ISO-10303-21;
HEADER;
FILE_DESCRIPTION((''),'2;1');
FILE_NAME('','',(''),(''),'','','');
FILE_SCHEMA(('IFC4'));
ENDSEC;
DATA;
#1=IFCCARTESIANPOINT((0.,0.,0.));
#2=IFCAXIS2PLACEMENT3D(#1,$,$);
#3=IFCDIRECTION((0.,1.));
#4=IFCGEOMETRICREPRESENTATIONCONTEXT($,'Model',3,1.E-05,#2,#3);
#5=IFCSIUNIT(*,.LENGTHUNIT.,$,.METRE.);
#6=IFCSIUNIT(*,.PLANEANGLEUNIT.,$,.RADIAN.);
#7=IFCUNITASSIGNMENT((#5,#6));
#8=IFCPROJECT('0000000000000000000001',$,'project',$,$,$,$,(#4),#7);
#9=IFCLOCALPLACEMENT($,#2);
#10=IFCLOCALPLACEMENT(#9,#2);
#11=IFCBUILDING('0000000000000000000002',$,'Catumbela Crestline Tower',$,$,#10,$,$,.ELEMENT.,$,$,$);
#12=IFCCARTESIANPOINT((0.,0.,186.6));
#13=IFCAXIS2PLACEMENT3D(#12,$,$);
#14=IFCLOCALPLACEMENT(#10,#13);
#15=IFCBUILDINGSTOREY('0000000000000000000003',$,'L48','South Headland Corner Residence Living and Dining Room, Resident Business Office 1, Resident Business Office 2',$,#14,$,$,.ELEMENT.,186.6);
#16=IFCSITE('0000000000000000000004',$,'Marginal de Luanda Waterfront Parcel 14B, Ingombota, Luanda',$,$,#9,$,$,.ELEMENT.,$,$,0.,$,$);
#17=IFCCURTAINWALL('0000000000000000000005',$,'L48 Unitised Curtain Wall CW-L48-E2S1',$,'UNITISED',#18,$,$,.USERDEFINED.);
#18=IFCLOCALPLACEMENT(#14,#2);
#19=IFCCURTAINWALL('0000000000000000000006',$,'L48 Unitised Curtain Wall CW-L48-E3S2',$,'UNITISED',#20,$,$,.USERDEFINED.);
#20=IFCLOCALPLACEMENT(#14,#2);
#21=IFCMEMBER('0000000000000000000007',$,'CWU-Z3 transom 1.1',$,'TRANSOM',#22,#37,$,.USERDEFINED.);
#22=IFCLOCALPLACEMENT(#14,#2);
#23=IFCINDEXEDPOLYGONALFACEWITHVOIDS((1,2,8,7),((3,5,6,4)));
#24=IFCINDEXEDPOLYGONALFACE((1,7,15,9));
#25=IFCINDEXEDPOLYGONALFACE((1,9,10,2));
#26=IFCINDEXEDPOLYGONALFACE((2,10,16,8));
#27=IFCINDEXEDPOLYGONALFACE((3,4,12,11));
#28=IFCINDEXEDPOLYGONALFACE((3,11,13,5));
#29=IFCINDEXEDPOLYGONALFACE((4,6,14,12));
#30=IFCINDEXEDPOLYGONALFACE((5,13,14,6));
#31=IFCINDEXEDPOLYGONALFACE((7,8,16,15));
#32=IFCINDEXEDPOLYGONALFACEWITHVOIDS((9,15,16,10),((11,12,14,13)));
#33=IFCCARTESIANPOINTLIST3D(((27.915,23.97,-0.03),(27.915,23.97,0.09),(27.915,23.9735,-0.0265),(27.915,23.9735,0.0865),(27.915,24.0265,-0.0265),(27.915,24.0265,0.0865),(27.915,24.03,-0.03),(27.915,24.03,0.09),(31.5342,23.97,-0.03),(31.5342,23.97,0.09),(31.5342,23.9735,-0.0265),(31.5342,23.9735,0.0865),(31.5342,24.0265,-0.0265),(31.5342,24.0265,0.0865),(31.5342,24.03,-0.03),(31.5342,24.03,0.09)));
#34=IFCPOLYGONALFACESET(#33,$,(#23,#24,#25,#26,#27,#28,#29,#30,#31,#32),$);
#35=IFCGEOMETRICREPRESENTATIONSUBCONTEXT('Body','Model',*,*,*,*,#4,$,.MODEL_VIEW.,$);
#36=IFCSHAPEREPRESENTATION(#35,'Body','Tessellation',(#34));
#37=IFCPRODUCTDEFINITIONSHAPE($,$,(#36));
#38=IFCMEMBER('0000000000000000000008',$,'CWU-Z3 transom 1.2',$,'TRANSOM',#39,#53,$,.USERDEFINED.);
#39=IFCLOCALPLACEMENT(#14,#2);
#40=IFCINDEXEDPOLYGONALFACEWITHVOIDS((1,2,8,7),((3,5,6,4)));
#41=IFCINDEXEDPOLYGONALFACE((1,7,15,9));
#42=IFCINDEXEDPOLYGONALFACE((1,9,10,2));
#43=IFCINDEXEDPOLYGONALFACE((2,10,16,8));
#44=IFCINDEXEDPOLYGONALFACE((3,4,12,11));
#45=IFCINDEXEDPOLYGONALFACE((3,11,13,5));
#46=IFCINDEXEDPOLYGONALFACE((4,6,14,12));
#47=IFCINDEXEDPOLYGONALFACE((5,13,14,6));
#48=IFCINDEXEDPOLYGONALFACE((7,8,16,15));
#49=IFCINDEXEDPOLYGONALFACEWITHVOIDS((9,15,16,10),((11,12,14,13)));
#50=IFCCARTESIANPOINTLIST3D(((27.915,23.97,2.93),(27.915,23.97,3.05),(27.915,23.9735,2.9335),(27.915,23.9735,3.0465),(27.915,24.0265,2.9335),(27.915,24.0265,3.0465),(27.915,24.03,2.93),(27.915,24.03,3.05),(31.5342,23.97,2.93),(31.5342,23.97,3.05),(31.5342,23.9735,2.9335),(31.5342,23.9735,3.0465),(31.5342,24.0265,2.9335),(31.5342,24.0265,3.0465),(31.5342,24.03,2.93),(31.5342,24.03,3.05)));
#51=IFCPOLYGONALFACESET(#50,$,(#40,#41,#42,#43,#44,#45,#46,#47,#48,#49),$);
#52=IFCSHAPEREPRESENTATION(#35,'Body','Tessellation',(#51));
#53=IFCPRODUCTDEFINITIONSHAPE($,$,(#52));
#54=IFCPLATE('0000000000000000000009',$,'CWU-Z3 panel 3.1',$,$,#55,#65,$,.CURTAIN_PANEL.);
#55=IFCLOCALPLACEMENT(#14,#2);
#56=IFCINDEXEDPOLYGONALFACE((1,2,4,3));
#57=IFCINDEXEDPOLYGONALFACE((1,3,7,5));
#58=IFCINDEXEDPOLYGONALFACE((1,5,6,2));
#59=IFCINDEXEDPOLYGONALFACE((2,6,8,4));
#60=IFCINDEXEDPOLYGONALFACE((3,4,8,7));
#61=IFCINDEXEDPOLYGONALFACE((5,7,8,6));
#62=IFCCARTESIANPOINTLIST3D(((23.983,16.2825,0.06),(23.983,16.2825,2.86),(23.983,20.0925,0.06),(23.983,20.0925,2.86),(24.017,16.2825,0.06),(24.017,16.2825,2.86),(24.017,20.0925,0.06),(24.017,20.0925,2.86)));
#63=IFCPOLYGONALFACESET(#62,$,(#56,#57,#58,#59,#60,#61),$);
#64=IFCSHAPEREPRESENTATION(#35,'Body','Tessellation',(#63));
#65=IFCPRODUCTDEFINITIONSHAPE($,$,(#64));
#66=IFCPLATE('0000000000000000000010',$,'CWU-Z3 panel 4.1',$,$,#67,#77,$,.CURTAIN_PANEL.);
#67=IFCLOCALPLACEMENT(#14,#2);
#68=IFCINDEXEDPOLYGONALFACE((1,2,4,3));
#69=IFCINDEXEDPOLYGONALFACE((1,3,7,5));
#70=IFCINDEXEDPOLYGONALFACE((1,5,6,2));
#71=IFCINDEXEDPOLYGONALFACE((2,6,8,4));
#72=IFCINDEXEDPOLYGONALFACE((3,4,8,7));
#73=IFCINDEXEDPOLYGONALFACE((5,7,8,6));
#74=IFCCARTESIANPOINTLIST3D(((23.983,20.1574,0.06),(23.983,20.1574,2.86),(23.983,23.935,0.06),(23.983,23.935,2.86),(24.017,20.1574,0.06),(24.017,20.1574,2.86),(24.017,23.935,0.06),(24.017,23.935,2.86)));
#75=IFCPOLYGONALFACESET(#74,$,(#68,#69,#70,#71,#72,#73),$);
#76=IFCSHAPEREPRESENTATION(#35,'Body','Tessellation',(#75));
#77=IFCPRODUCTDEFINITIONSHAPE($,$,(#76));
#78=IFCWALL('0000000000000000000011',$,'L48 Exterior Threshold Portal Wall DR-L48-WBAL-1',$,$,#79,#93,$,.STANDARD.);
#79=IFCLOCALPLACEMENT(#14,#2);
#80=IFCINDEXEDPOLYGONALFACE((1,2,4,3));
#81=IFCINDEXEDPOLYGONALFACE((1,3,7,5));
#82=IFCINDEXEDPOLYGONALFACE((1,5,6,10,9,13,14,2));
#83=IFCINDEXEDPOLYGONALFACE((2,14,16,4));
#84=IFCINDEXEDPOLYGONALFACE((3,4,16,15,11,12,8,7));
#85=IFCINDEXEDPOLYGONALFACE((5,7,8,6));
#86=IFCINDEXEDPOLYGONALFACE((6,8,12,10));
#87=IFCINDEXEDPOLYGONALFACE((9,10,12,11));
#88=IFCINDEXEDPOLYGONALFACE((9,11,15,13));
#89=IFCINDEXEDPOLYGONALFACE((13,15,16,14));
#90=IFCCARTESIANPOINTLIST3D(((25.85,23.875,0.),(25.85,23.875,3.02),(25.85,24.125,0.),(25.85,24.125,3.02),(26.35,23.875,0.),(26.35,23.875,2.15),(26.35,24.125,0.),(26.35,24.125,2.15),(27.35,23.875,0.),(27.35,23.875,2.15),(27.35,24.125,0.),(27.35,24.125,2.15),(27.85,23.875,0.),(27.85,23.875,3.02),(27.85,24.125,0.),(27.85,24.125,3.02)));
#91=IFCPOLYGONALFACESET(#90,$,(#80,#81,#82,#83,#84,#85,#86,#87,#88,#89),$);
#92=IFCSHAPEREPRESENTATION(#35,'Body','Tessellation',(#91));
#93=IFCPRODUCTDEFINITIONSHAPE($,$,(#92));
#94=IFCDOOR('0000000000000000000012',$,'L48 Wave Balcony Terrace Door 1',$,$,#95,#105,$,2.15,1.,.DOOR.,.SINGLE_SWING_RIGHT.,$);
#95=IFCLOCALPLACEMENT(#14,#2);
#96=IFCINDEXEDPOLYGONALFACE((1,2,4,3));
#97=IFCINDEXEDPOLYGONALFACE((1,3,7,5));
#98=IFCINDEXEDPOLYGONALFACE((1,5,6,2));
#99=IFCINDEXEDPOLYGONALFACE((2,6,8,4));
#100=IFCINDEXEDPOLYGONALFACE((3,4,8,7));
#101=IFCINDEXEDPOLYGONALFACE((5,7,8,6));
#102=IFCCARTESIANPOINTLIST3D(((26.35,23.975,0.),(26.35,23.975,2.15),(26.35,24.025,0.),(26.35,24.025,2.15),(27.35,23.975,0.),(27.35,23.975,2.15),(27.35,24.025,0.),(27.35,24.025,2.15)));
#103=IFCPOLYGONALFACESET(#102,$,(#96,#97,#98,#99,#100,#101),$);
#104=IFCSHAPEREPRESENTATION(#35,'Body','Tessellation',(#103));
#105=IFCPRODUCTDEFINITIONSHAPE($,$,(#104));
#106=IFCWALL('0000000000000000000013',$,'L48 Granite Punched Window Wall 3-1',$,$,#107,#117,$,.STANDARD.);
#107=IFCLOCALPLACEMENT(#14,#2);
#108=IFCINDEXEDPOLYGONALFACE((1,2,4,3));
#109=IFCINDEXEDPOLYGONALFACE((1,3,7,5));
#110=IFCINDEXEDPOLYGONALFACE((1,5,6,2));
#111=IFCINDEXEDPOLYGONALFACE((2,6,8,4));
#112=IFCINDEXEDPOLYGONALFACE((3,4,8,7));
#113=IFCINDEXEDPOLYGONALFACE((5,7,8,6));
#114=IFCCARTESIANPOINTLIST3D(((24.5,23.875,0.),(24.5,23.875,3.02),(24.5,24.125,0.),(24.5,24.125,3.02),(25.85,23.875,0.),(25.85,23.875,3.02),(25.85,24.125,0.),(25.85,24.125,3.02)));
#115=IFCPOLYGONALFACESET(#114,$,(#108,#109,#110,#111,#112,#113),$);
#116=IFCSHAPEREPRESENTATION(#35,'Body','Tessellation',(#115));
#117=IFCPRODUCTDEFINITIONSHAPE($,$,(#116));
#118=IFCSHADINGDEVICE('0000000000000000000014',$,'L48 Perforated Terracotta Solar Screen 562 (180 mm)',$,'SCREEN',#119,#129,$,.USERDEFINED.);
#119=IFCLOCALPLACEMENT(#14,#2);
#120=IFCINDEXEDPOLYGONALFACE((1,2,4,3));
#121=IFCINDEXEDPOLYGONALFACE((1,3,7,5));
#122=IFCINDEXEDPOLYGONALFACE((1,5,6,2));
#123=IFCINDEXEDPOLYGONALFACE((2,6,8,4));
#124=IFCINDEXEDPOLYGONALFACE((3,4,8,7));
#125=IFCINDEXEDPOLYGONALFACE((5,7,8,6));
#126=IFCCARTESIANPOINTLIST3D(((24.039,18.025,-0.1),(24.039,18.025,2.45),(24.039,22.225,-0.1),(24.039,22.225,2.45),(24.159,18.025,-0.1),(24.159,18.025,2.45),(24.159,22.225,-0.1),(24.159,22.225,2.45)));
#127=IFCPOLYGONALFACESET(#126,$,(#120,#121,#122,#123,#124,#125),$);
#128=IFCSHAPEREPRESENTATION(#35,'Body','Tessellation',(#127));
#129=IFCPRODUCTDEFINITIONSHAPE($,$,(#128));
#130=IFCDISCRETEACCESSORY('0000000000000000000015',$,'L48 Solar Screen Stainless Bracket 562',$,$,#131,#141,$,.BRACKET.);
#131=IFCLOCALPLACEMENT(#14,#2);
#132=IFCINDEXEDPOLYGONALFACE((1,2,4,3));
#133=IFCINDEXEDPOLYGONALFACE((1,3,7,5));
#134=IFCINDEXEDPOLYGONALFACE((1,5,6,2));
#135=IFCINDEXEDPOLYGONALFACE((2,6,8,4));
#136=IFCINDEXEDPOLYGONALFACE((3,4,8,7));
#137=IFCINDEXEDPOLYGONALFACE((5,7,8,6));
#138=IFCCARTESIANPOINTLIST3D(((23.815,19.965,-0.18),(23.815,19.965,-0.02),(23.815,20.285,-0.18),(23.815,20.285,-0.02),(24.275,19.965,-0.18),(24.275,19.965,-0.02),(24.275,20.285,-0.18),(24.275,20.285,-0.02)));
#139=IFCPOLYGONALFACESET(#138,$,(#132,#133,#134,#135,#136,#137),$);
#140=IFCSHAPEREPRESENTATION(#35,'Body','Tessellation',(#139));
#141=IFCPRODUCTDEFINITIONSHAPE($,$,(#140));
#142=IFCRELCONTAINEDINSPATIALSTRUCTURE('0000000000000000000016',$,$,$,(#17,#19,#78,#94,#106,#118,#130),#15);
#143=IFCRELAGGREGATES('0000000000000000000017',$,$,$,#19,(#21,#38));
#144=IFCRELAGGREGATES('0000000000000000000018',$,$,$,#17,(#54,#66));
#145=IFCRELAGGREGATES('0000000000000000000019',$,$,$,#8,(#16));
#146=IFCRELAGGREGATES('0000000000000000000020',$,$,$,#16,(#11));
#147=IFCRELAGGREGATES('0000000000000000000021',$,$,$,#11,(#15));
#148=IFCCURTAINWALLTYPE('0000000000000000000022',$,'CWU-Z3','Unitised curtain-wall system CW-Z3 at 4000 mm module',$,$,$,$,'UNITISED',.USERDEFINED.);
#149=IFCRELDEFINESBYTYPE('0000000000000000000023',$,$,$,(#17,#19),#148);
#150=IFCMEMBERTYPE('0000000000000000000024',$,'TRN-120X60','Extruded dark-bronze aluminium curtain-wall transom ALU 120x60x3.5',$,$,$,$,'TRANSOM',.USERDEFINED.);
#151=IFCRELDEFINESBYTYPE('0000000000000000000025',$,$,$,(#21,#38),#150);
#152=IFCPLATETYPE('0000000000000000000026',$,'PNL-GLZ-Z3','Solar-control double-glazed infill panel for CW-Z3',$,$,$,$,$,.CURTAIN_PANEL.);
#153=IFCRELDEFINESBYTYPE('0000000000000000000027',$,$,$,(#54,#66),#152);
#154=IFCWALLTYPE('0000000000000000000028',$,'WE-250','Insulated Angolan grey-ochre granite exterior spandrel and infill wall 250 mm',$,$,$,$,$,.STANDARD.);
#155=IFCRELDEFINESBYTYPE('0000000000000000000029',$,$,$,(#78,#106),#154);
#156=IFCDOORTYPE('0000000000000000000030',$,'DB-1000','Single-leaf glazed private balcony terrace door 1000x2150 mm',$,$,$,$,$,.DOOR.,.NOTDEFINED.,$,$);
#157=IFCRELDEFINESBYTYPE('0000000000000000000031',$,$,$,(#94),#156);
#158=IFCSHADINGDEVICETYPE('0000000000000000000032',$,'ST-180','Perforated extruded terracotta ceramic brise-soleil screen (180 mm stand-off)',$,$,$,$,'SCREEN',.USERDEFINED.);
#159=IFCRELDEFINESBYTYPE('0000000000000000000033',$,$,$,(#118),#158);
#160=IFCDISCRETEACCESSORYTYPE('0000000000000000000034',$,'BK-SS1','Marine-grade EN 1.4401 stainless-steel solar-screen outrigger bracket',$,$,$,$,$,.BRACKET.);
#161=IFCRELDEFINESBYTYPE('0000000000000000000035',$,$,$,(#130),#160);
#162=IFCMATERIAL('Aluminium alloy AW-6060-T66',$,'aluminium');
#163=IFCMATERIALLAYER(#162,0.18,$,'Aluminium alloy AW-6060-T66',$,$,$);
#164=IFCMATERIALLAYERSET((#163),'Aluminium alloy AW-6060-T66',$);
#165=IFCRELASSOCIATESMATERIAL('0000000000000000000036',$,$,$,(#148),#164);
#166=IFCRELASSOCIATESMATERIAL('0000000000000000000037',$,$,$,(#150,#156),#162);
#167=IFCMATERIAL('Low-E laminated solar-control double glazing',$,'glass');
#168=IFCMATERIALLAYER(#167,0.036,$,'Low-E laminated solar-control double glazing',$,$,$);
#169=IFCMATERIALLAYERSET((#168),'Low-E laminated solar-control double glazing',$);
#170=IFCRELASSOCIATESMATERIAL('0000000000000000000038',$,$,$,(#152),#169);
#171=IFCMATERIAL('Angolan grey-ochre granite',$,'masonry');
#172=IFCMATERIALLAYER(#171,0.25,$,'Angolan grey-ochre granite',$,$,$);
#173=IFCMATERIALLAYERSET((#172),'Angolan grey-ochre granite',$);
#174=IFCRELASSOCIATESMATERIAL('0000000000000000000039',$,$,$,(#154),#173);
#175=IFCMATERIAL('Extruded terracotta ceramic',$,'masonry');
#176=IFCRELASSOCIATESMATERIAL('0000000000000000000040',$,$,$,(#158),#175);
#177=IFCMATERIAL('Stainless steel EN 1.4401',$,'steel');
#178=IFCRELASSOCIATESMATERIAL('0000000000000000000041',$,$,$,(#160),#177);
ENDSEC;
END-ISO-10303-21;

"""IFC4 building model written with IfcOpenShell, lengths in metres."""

from ifc_helpers import new_model, si_unit, direction, frame, frame_2d, origin, origin_2d, place, context, subcontext, project, spatial, rectangle, hollow_rectangle, extrude, material, layer, layer_set, material_profile, profile_set, type_object, element, fill, aggregate, save


model = new_model("IFC4")

# Units and contexts
model_context = context("Model", 3, precision=1e-05, world=origin(), true_north=direction((0.0, 1.0)))
body_context = subcontext(model_context, "Body", "Model", "MODEL_VIEW")
ifc_project = project(units=[si_unit("LENGTHUNIT", "METRE"), si_unit("PLANEANGLEUNIT", "RADIAN")], contexts=[model_context])

# Site, building, storey
site_placement = place(None, origin())
site = spatial("IfcSite", under=ifc_project, at=site_placement, Name="Marginal de Luanda Waterfront Parcel 14B, Ingombota, Luanda", CompositionType="ELEMENT", RefElevation=0.0)
building_placement = place(site_placement, origin())
building = spatial("IfcBuilding", under=site, at=building_placement, Name="Catumbela Crestline Tower", CompositionType="ELEMENT")
storey_placement = place(building_placement, frame((0.0, 0.0, 186.6)))
storey = spatial("IfcBuildingStorey", under=building, at=storey_placement, Name="L48", Description="South Headland Corner Residence Living and Dining Room, Resident Business Office 1, Resident Business Office 2", CompositionType="ELEMENT", Elevation=186.6)

# Curtain wall
ifc_material_1 = material(Name="Aluminium alloy AW-6060-T66", Category="aluminium")
ifc_layer_1 = layer(ifc_material_1, 0.18, Name="Aluminium alloy AW-6060-T66")
ifc_layer_set_1 = layer_set([ifc_layer_1], Name="Aluminium alloy AW-6060-T66")
curtain_wall_type = type_object("IfcCurtainWallType", Name="CWU-Z3", Description="Unitised curtain-wall system CW-Z3 at 4000 mm module", ElementType="UNITISED", PredefinedType="USERDEFINED", material=ifc_layer_set_1)
curtain_wall_1_placement = place(storey_placement, origin())
curtain_wall_1 = element("IfcCurtainWall", 1, at=curtain_wall_1_placement, inside=storey, type_object=curtain_wall_type, Name="L48 Unitised Curtain Wall CW-L48-E2S1", ObjectType="UNITISED", PredefinedType="USERDEFINED")

# Curtain wall
curtain_wall_2_placement = place(storey_placement, origin())
curtain_wall_2 = element("IfcCurtainWall", 2, at=curtain_wall_2_placement, inside=storey, type_object=curtain_wall_type, Name="L48 Unitised Curtain Wall CW-L48-E3S2", ObjectType="UNITISED", PredefinedType="USERDEFINED")

# Members
ifc_material_profile_1 = material_profile(ifc_material_1, hollow_rectangle(XDim=0.06, YDim=0.12, WallThickness=0.0035, at=origin_2d()), Name="ALU 120x60x3.5")
ifc_profile_set_1 = profile_set([ifc_material_profile_1], Name="Aluminium alloy AW-6060-T66")
member_type_1 = type_object("IfcMemberType", Name="TRN-120X60", Description="Extruded dark-bronze aluminium curtain-wall transom ALU 120x60x3.5", ElementType="TRANSOM", PredefinedType="USERDEFINED", material=ifc_profile_set_1)
member_1_placement = place(storey_placement, frame((27.915, 24.0, 0.03), z_axis=(1.0, 0.0, 0.0), x_axis=(0.0, 1.0, 0.0)))
member_1 = element("IfcMember", 3, at=member_1_placement, type_object=member_type_1, Name="CWU-Z3 transom 1.1", ObjectType="TRANSOM", PredefinedType="USERDEFINED", context=body_context, shape_type="SweptSolid", body=[
    extrude(hollow_rectangle(XDim=0.06, YDim=0.12, WallThickness=0.0035, at=origin_2d()), origin(), (0.0, 0.0, 1.0), 3.6192),
])
member_2_placement = place(storey_placement, frame((27.915, 24.0, 2.99), z_axis=(1.0, 0.0, 0.0), x_axis=(0.0, 1.0, 0.0)))
member_2 = element("IfcMember", 4, at=member_2_placement, type_object=member_type_1, Name="CWU-Z3 transom 1.2", ObjectType="TRANSOM", PredefinedType="USERDEFINED", context=body_context, shape_type="SweptSolid", body=[
    extrude(hollow_rectangle(XDim=0.06, YDim=0.12, WallThickness=0.0035, at=origin_2d()), origin(), (0.0, 0.0, 1.0), 3.6192),
])
aggregate(curtain_wall_2, [member_1, member_2])

# Plates
ifc_material_2 = material(Name="Low-E laminated solar-control double glazing", Category="glass")
ifc_layer_2 = layer(ifc_material_2, 0.036, Name="Low-E laminated solar-control double glazing")
ifc_layer_set_2 = layer_set([ifc_layer_2], Name="Low-E laminated solar-control double glazing")
plate_type = type_object("IfcPlateType", Name="PNL-GLZ-Z3", Description="Solar-control double-glazed infill panel for CW-Z3", PredefinedType="CURTAIN_PANEL", material=ifc_layer_set_2)
plate_1_placement = place(storey_placement, frame((24.0, 18.1875, 0.06), z_axis=(0.0, 0.0, 1.0), x_axis=(0.0, 1.0, 0.0)))
plate_1 = element("IfcPlate", 5, at=plate_1_placement, type_object=plate_type, Name="CWU-Z3 panel 3.1", PredefinedType="CURTAIN_PANEL", context=body_context, shape_type="SweptSolid", body=[
    extrude(rectangle(XDim=3.81, YDim=0.034, at=origin_2d()), origin(), (0.0, 0.0, 1.0), 2.8),
])
plate_2_placement = place(storey_placement, frame((24.0, 22.0462, 0.06), z_axis=(0.0, 0.0, 1.0), x_axis=(0.0, 1.0, 0.0)))
plate_2 = element("IfcPlate", 6, at=plate_2_placement, type_object=plate_type, Name="CWU-Z3 panel 4.1", PredefinedType="CURTAIN_PANEL", context=body_context, shape_type="SweptSolid", body=[
    extrude(rectangle(XDim=3.7775, YDim=0.034, at=origin_2d()), origin(), (0.0, 0.0, 1.0), 2.8),
])
aggregate(curtain_wall_1, [plate_1, plate_2])

# Wall, opening, door
ifc_material_3 = material(Name="Angolan grey-ochre granite", Category="masonry")
ifc_layer_3 = layer(ifc_material_3, 0.25, Name="Angolan grey-ochre granite")
ifc_layer_set_3 = layer_set([ifc_layer_3], Name="Angolan grey-ochre granite")
wall_type = type_object("IfcWallType", Name="WE-250", Description="Insulated Angolan grey-ochre granite exterior spandrel and infill wall 250 mm", PredefinedType="STANDARD", material=ifc_layer_set_3)
wall_1_placement = place(storey_placement, frame((25.85, 24.0, 0.0), z_axis=(0.0, 0.0, 1.0), x_axis=(1.0, 0.0, 0.0)))
wall_1 = element("IfcWall", 7, at=wall_1_placement, inside=storey, type_object=wall_type, Name="L48 Exterior Threshold Portal Wall DR-L48-WBAL-1", PredefinedType="STANDARD", context=body_context, shape_type="SweptSolid", body=[
    extrude(rectangle(XDim=2.0, YDim=0.25, at=frame_2d((1.0, 0.0))), origin(), (0.0, 0.0, 1.0), 3.02),
])
opening_placement = place(wall_1_placement, frame((0.5, 0.0, 0.0)))
opening = element("IfcOpeningElement", 8, at=opening_placement, cuts=wall_1, PredefinedType="OPENING", context=body_context, shape_type="SweptSolid", body=[
    extrude(rectangle(XDim=1.0, YDim=2.15, at=frame_2d((0.5, 1.075))), frame((0.0, 0.135, 0.0), z_axis=(0.0, -1.0, 0.0), x_axis=(1.0, 0.0, 0.0)), (0.0, 0.0, 1.0), 0.27),
])
door_type = type_object("IfcDoorType", Name="DB-1000", Description="Single-leaf glazed private balcony terrace door 1000x2150 mm", OperationType="NOTDEFINED", PredefinedType="DOOR", material=ifc_material_1)
door_placement = place(opening_placement, origin())
door = element("IfcDoor", 9, at=door_placement, inside=storey, type_object=door_type, Name="L48 Wave Balcony Terrace Door 1", OperationType="SINGLE_SWING_RIGHT", OverallHeight=2.15, OverallWidth=1.0, PredefinedType="DOOR", context=body_context, shape_type="SweptSolid", body=[
    extrude(rectangle(XDim=1.0, YDim=2.15, at=frame_2d((0.5, 1.075))), frame((0.0, 0.025, 0.0), z_axis=(0.0, -1.0, 0.0), x_axis=(1.0, 0.0, 0.0)), (0.0, 0.0, 1.0), 0.05),
])
fill(opening, door)

# Wall
wall_2_placement = place(storey_placement, frame((24.5, 24.0, 0.0), z_axis=(0.0, 0.0, 1.0), x_axis=(1.0, 0.0, 0.0)))
element("IfcWall", 10, at=wall_2_placement, inside=storey, type_object=wall_type, Name="L48 Granite Punched Window Wall 3-1", PredefinedType="STANDARD", context=body_context, shape_type="SweptSolid", body=[
    extrude(rectangle(XDim=1.35, YDim=0.25, at=frame_2d((0.675, 0.0))), origin(), (0.0, 0.0, 1.0), 3.02),
])

# Shared definitions
ifc_material_4 = material(Name="Stainless steel EN 1.4401", Category="steel")

# Shading device
ifc_material_5 = material(Name="Extruded terracotta ceramic", Category="masonry")
shading_device_type = type_object("IfcShadingDeviceType", Name="ST-180", Description="Perforated extruded terracotta ceramic brise-soleil screen (180 mm stand-off)", ElementType="SCREEN", PredefinedType="USERDEFINED", material=ifc_material_5)
shading_device_placement = place(storey_placement, frame((24.099, 20.125, -0.1), z_axis=(0.0, 0.0, 1.0), x_axis=(0.0, 1.0, 0.0)))
element("IfcShadingDevice", 11, at=shading_device_placement, inside=storey, type_object=shading_device_type, Name="L48 Perforated Terracotta Solar Screen 562 (180 mm)", ObjectType="SCREEN", PredefinedType="USERDEFINED", context=body_context, shape_type="SweptSolid", body=[
    extrude(rectangle(XDim=4.2, YDim=0.12, at=origin_2d()), origin(), (0.0, 0.0, 1.0), 2.55),
])

# Discrete accessory
discrete_accessory_type = type_object("IfcDiscreteAccessoryType", Name="BK-SS1", Description="Marine-grade EN 1.4401 stainless-steel solar-screen outrigger bracket", PredefinedType="BRACKET", material=ifc_material_4)
discrete_accessory_placement = place(storey_placement, frame((24.045, 20.125, -0.18), z_axis=(0.0, 0.0, 1.0), x_axis=(0.0, 1.0, 0.0)))
element("IfcDiscreteAccessory", 12, at=discrete_accessory_placement, inside=storey, type_object=discrete_accessory_type, Name="L48 Solar Screen Stainless Bracket 562", PredefinedType="BRACKET", context=body_context, shape_type="SweptSolid", body=[
    extrude(rectangle(XDim=0.32, YDim=0.46, at=origin_2d()), origin(), (0.0, 0.0, 1.0), 0.16),
])

save(model, "model.ifc")
